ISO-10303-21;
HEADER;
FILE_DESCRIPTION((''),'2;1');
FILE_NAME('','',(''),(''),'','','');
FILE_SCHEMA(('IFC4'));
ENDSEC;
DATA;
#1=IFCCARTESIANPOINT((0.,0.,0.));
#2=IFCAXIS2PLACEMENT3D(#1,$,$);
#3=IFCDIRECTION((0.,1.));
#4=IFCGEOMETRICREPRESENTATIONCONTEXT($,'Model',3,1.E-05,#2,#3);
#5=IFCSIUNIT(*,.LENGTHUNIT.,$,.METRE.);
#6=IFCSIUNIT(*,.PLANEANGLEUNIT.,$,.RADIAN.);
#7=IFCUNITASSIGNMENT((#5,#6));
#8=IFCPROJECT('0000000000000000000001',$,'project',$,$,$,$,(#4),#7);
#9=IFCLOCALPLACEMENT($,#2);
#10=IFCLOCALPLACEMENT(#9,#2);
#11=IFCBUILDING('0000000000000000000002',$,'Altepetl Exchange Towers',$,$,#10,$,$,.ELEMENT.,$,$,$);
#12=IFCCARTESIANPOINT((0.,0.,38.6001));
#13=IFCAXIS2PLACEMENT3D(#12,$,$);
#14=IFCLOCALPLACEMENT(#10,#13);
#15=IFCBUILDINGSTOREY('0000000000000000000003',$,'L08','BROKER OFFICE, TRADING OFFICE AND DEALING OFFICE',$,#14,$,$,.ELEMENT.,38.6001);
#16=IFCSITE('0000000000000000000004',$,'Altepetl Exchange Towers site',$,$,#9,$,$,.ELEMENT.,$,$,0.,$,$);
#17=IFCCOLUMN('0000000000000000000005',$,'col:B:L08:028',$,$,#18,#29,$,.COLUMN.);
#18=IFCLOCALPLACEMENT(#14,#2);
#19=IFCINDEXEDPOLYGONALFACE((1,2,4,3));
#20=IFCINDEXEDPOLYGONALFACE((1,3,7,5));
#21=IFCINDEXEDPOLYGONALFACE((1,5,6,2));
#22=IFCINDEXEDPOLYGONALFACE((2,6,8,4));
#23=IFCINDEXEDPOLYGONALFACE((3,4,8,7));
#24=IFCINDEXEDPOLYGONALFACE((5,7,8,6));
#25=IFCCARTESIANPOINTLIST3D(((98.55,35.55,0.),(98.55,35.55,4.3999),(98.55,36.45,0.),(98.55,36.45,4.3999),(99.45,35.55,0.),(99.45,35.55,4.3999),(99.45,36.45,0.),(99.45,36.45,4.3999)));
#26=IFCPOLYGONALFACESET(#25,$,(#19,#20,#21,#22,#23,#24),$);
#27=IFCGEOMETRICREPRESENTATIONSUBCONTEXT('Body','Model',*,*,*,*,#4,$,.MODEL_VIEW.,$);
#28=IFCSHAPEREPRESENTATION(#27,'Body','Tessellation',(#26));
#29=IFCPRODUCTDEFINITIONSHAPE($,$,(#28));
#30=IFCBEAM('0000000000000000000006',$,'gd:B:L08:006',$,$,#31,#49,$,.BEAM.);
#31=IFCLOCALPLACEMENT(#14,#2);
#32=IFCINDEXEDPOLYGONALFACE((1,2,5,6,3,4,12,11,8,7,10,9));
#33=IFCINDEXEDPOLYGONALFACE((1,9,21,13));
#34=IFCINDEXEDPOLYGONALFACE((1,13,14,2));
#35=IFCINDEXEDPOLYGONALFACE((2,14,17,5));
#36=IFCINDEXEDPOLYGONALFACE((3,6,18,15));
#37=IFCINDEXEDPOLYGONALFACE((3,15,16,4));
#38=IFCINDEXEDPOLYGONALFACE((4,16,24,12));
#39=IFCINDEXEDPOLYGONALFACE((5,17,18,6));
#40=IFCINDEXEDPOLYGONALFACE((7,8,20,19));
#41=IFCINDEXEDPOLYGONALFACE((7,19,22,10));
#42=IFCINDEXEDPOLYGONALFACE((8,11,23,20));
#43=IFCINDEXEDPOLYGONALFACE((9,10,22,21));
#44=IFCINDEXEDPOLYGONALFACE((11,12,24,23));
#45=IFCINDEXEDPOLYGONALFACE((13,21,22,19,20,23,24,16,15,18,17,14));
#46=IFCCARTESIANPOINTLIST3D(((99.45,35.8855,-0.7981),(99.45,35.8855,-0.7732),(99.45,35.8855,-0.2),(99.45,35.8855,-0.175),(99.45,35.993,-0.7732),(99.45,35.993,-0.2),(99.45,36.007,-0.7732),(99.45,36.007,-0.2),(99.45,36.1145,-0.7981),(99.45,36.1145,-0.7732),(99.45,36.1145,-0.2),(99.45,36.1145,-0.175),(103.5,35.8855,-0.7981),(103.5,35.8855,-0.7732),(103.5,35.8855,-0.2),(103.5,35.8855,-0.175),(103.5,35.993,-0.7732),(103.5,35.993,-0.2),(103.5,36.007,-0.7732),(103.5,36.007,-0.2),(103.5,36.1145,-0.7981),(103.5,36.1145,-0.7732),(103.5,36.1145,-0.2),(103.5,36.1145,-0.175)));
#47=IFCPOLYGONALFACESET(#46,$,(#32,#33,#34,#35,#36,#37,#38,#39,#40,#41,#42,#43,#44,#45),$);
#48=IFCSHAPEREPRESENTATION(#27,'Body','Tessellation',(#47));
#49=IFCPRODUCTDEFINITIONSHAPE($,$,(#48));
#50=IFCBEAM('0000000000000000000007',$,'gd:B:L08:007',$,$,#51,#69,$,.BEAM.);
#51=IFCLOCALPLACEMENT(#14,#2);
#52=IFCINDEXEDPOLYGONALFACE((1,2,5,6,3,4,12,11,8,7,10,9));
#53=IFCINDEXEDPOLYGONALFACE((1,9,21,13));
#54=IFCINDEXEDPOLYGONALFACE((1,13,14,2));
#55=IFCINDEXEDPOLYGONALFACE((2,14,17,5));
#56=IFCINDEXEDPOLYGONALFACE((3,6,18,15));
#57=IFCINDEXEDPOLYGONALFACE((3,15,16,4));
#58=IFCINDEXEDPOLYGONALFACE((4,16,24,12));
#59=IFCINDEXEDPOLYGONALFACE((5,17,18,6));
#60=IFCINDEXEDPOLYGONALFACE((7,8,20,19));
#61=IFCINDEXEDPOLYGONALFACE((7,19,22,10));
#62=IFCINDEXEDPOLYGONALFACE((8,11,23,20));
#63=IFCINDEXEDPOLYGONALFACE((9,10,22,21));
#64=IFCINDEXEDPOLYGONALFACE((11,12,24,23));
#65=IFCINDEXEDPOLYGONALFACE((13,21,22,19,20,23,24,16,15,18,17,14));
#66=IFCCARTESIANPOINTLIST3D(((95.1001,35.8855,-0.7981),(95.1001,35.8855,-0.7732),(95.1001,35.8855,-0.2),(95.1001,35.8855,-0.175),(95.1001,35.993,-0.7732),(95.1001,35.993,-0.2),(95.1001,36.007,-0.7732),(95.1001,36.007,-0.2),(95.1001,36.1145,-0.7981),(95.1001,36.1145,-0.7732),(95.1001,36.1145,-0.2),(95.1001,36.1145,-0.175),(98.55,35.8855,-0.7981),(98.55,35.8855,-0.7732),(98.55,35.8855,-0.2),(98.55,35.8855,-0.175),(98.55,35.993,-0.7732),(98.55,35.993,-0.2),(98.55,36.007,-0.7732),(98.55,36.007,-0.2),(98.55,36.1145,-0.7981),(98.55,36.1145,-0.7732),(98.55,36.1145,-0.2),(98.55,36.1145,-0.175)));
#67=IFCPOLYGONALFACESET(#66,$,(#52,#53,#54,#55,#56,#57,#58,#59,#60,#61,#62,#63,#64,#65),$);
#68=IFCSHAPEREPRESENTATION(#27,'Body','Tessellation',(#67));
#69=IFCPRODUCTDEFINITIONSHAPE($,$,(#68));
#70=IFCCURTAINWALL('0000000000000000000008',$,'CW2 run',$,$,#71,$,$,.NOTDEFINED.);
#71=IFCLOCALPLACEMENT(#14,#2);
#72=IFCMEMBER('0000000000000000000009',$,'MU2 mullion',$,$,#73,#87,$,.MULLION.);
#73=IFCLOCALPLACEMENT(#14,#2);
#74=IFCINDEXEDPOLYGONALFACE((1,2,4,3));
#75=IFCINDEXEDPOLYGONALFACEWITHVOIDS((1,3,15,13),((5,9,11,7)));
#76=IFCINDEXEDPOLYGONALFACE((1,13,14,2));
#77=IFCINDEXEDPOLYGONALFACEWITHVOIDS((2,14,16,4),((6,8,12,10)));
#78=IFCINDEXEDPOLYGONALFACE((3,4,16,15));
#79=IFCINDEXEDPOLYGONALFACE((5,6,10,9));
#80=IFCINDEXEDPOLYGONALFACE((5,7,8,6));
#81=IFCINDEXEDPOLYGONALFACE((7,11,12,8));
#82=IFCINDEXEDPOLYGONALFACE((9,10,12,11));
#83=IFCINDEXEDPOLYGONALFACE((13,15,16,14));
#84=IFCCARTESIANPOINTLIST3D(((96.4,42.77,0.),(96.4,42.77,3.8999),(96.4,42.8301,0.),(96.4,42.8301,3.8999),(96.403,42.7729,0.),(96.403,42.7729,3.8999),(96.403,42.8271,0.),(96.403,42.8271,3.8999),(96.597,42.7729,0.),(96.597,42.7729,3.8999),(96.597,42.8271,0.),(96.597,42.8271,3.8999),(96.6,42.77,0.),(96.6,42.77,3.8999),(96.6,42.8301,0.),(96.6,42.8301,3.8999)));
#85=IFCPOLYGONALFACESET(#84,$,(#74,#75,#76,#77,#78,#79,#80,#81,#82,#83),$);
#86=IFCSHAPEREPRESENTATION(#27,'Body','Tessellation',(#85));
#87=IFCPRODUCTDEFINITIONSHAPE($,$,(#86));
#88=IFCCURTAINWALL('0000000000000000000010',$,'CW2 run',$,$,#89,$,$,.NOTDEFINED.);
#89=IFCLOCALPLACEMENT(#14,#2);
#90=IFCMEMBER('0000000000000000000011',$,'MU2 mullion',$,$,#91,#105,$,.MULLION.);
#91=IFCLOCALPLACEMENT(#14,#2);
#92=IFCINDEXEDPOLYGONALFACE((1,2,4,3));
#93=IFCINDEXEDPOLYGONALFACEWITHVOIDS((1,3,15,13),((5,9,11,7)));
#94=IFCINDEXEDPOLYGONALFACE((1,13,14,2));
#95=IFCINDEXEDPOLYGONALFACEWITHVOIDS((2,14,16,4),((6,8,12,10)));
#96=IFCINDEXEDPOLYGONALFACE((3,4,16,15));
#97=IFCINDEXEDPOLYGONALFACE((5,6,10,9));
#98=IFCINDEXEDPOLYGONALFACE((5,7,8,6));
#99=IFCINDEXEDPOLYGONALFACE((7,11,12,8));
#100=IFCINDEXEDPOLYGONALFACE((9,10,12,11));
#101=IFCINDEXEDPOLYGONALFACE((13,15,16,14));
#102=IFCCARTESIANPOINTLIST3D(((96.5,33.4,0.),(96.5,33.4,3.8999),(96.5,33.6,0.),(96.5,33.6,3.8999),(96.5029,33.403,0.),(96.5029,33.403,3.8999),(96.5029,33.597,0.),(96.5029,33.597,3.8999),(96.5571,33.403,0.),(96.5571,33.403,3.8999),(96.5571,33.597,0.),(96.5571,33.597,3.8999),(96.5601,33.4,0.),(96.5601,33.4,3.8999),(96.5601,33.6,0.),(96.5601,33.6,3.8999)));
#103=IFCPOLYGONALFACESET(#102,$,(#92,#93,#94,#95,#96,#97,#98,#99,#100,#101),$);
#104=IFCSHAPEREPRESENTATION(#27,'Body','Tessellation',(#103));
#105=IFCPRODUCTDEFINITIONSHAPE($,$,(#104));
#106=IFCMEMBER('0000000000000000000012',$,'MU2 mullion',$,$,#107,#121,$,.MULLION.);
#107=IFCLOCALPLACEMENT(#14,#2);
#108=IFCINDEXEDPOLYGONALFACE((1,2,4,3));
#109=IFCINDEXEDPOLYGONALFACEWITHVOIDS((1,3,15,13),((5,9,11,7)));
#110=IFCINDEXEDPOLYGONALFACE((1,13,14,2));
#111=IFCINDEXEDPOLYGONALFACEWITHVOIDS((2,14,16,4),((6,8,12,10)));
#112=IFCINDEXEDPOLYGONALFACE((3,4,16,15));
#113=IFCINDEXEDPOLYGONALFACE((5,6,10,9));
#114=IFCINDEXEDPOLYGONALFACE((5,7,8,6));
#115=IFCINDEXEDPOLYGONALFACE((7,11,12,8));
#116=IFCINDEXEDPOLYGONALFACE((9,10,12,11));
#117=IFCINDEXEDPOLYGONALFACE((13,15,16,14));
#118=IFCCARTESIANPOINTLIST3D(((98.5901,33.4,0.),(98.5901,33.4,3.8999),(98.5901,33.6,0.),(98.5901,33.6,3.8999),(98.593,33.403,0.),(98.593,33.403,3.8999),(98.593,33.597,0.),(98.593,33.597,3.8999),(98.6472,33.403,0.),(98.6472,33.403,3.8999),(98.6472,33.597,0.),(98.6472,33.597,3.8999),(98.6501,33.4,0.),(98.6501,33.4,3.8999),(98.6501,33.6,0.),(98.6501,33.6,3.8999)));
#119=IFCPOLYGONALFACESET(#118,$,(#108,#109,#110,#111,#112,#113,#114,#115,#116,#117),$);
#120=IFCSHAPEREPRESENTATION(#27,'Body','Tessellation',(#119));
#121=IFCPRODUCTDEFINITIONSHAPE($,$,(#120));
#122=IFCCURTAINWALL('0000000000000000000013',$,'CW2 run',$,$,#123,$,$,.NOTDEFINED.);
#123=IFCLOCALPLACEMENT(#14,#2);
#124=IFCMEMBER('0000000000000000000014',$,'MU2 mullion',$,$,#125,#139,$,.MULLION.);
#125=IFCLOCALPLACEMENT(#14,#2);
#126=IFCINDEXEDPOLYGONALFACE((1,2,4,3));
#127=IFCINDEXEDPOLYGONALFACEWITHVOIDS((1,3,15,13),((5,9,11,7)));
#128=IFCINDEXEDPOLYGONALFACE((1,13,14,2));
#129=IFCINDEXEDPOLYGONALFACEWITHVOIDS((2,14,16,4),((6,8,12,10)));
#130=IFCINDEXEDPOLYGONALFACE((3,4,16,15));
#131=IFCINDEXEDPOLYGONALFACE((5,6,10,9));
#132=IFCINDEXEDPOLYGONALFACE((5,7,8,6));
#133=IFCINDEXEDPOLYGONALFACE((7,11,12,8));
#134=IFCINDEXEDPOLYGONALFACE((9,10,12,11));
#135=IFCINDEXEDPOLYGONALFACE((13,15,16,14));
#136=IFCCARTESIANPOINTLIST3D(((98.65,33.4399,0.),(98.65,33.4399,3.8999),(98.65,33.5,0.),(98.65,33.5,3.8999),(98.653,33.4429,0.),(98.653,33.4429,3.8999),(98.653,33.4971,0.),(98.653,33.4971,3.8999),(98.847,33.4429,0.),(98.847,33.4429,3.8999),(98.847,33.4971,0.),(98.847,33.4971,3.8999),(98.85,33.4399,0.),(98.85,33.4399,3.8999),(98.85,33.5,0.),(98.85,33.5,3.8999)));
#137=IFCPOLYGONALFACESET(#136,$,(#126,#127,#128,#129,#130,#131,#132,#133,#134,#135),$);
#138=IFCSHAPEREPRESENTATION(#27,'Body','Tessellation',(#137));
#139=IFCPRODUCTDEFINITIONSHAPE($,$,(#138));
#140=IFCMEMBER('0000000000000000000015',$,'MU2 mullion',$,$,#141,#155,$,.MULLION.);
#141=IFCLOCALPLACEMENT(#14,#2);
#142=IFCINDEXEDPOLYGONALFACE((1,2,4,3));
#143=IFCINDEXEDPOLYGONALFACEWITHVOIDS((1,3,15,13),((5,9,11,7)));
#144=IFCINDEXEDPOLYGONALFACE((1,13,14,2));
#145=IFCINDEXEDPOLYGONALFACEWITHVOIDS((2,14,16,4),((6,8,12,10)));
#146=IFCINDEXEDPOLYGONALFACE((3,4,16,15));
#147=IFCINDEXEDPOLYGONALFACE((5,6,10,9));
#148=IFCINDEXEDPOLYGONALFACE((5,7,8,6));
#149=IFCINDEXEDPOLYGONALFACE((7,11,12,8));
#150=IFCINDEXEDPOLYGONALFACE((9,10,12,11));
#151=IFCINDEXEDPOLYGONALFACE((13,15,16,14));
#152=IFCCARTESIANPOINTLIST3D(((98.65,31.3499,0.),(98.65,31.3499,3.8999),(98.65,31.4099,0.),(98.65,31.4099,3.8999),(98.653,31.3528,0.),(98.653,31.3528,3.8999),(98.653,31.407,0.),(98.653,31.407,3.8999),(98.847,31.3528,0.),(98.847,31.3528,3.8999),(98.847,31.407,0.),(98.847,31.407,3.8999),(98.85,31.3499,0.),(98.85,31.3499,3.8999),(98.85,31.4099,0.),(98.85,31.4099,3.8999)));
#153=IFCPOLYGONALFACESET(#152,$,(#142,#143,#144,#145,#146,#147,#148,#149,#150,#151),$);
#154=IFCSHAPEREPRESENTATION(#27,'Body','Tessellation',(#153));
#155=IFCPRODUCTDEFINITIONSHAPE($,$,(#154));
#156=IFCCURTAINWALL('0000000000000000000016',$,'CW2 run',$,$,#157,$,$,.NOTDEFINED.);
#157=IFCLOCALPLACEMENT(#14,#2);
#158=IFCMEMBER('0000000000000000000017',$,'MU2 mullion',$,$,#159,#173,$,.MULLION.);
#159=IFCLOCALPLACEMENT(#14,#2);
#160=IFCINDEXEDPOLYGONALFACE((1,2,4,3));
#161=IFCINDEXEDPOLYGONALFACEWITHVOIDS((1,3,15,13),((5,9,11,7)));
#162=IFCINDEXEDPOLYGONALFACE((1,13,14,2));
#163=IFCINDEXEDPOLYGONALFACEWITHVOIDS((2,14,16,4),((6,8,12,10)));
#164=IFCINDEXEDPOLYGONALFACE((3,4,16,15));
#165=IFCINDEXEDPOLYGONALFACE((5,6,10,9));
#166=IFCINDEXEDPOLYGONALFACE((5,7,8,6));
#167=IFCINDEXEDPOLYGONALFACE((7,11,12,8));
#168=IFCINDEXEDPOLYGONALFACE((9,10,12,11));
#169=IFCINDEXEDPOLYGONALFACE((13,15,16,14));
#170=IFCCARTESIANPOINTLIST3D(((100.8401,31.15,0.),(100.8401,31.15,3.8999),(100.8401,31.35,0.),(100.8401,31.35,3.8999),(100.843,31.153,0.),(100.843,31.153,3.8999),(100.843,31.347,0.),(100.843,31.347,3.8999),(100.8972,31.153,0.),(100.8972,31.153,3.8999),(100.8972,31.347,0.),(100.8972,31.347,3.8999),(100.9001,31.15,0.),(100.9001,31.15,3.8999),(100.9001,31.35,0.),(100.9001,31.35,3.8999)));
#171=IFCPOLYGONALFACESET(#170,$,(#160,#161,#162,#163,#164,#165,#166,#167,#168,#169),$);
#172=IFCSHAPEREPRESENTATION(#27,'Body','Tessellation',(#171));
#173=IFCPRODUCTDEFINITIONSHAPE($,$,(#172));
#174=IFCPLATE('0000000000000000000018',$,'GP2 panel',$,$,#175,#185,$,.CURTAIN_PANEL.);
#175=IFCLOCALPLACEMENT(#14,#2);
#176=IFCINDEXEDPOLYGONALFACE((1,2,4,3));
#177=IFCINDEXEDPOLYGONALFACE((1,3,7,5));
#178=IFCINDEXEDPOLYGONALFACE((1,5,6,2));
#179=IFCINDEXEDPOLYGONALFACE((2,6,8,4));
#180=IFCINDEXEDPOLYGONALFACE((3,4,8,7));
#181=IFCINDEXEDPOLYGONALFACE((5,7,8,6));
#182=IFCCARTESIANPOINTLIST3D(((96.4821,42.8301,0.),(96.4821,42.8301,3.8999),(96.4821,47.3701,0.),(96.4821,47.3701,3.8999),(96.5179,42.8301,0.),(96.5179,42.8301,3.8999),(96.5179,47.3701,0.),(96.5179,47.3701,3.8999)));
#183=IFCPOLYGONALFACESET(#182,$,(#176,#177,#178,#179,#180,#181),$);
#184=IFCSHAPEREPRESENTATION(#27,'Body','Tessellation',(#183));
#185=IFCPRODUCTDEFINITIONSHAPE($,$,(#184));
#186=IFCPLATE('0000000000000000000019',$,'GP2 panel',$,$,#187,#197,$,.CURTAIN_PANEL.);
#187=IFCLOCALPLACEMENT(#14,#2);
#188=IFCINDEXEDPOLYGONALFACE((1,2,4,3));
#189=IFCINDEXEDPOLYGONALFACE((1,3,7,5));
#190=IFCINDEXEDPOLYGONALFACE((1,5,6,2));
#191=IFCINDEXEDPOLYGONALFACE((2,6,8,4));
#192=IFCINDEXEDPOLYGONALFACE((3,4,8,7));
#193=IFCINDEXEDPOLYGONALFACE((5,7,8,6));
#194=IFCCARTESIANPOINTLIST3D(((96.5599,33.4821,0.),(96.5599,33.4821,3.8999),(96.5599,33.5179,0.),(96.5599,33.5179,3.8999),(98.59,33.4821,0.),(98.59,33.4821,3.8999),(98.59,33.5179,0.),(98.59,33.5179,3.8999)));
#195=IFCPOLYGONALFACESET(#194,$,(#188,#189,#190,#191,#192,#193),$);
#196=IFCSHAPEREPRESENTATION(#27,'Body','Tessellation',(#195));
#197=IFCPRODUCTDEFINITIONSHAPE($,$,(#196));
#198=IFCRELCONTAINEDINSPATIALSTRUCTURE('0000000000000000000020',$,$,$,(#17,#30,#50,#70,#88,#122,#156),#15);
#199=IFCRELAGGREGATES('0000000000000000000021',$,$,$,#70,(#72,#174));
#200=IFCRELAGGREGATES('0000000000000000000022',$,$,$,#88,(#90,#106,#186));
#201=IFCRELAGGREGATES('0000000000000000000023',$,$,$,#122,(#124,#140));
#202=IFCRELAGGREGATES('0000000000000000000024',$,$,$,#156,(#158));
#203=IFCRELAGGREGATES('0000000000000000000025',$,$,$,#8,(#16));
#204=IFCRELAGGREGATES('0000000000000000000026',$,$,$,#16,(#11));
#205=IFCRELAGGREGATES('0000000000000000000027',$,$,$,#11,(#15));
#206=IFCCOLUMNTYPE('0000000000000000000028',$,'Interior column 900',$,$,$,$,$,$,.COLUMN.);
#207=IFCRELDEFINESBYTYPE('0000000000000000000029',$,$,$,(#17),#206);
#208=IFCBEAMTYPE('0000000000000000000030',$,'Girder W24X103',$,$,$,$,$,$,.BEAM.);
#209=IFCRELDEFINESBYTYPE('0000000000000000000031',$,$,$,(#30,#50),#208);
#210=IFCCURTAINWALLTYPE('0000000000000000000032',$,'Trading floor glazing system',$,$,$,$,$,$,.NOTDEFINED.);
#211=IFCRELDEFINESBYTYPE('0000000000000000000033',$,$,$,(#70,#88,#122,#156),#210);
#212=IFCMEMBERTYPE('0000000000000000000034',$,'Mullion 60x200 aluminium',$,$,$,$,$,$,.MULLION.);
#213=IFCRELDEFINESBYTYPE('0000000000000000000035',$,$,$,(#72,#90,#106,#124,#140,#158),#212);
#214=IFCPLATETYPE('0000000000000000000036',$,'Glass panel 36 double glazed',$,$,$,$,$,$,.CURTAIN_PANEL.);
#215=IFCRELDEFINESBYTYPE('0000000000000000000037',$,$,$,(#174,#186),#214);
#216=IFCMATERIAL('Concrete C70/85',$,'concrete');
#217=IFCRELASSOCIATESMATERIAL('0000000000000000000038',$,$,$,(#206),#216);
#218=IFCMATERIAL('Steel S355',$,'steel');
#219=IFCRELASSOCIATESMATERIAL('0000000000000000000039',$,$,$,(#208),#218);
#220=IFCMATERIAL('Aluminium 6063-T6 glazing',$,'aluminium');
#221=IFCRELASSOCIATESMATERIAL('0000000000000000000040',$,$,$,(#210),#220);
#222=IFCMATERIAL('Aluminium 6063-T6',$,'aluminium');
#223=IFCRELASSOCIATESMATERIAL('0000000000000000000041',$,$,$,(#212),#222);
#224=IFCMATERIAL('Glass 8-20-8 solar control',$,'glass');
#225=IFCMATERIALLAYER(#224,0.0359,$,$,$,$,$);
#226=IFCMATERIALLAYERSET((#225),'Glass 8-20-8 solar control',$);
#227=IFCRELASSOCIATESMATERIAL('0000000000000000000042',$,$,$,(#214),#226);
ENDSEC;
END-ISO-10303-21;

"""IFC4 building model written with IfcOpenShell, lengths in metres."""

from ifc_helpers import new_model, si_unit, direction, frame, origin, origin_2d, place, context, subcontext, project, spatial, rectangle, hollow_rectangle, i_section, extrude, material, layer, layer_set, material_profile, profile_set, type_object, element, aggregate, save


model = new_model("IFC4")

# Units and contexts
model_context = context("Model", 3, precision=1e-05, world=origin(), true_north=direction((0.0, 1.0)))
body_context = subcontext(model_context, "Body", "Model", "MODEL_VIEW")
ifc_project = project(units=[si_unit("LENGTHUNIT", "METRE"), si_unit("PLANEANGLEUNIT", "RADIAN")], contexts=[model_context])

# Site, building, storey
site_placement = place(None, origin())
site = spatial("IfcSite", under=ifc_project, at=site_placement, Name="Altepetl Exchange Towers site", CompositionType="ELEMENT", RefElevation=0.0)
building_placement = place(site_placement, origin())
building = spatial("IfcBuilding", under=site, at=building_placement, Name="Altepetl Exchange Towers", CompositionType="ELEMENT")
storey_placement = place(building_placement, frame((0.0, 0.0, 38.6001)))
storey = spatial("IfcBuildingStorey", under=building, at=storey_placement, Name="L08", Description="BROKER OFFICE, TRADING OFFICE AND DEALING OFFICE", CompositionType="ELEMENT", Elevation=38.6001)

# Column
ifc_material_1 = material(Name="Concrete C70/85", Category="concrete")
ifc_material_profile_1 = material_profile(ifc_material_1, rectangle(XDim=0.8999, YDim=0.8999, at=origin_2d()), Name="900 x 900")
ifc_profile_set_1 = profile_set([ifc_material_profile_1], Name="Concrete C70/85")
column_type = type_object("IfcColumnType", Name="Interior column 900", PredefinedType="COLUMN", material=ifc_profile_set_1)
column_placement = place(storey_placement, frame((99.0, 36.0, 0.0)))
element("IfcColumn", 1, at=column_placement, inside=storey, type_object=column_type, Name="col:B:L08:028", PredefinedType="COLUMN", context=body_context, shape_type="SweptSolid", body=[
    extrude(rectangle(XDim=0.8999, YDim=0.8999, at=origin_2d()), origin(), (0.0, 0.0, 1.0), 4.3999),
])

# Beams
ifc_material_2 = material(Name="Steel S355", Category="steel")
ifc_material_profile_2 = material_profile(ifc_material_2, i_section(OverallWidth=0.229, OverallDepth=0.623, WebThickness=0.0139, FlangeThickness=0.0249, at=origin_2d()), Name="W24X103")
ifc_profile_set_2 = profile_set([ifc_material_profile_2], Name="Steel S355")
beam_type = type_object("IfcBeamType", Name="Girder W24X103", PredefinedType="BEAM", material=ifc_profile_set_2)
beam_1_placement = place(storey_placement, frame((103.5, 36.0, -0.4866), z_axis=(-1.0, 0.0, 0.0), x_axis=(0.0, -1.0, 0.0)))
element("IfcBeam", 2, at=beam_1_placement, inside=storey, type_object=beam_type, Name="gd:B:L08:006", PredefinedType="BEAM", context=body_context, shape_type="SweptSolid", body=[
    extrude(i_section(OverallWidth=0.229, OverallDepth=0.623, WebThickness=0.0139, FlangeThickness=0.0249, at=origin_2d()), origin(), (0.0, 0.0, 1.0), 4.05),
])
beam_2_placement = place(storey_placement, frame((98.55, 36.0, -0.4866), z_axis=(-1.0, 0.0, 0.0), x_axis=(0.0, -1.0, 0.0)))
element("IfcBeam", 3, at=beam_2_placement, inside=storey, type_object=beam_type, Name="gd:B:L08:007", PredefinedType="BEAM", context=body_context, shape_type="SweptSolid", body=[
    extrude(i_section(OverallWidth=0.229, OverallDepth=0.623, WebThickness=0.0139, FlangeThickness=0.0249, at=origin_2d()), origin(), (0.0, 0.0, 1.0), 3.45),
])

# Curtain wall, member
ifc_material_3 = material(Name="Aluminium 6063-T6 glazing", Category="aluminium")
curtain_wall_type = type_object("IfcCurtainWallType", Name="Trading floor glazing system", PredefinedType="NOTDEFINED", material=ifc_material_3)
curtain_wall_1_placement = place(storey_placement, origin())
curtain_wall_1 = element("IfcCurtainWall", 4, at=curtain_wall_1_placement, inside=storey, type_object=curtain_wall_type, Name="CW2 run", PredefinedType="NOTDEFINED")
ifc_material_4 = material(Name="Aluminium 6063-T6", Category="aluminium")
ifc_material_profile_3 = material_profile(ifc_material_4, hollow_rectangle(XDim=0.0601, YDim=0.2, WallThickness=0.0029, at=origin_2d()), Name="Mullion 60x200 aluminium")
ifc_profile_set_3 = profile_set([ifc_material_profile_3], Name="Aluminium 6063-T6")
member_type = type_object("IfcMemberType", Name="Mullion 60x200 aluminium", PredefinedType="MULLION", material=ifc_profile_set_3)
member_1_placement = place(storey_placement, frame((96.5, 42.8, 0.0), z_axis=(0.0, 0.0, 1.0), x_axis=(0.0, -1.0, 0.0)))
member_1 = element("IfcMember", 5, at=member_1_placement, type_object=member_type, Name="MU2 mullion", PredefinedType="MULLION", context=body_context, shape_type="SweptSolid", body=[
    extrude(hollow_rectangle(XDim=0.0601, YDim=0.2, WallThickness=0.0029, at=origin_2d()), origin(), (0.0, 0.0, 1.0), 3.8999),
])

# Curtain walls, members
curtain_wall_2_placement = place(storey_placement, origin())
curtain_wall_2 = element("IfcCurtainWall", 6, at=curtain_wall_2_placement, inside=storey, type_object=curtain_wall_type, Name="CW2 run", PredefinedType="NOTDEFINED")
member_2_placement = place(storey_placement, frame((96.53, 33.5, 0.0)))
member_2 = element("IfcMember", 7, at=member_2_placement, type_object=member_type, Name="MU2 mullion", PredefinedType="MULLION", context=body_context, shape_type="SweptSolid", body=[
    extrude(hollow_rectangle(XDim=0.0601, YDim=0.2, WallThickness=0.0029, at=origin_2d()), origin(), (0.0, 0.0, 1.0), 3.8999),
])
member_3_placement = place(storey_placement, frame((98.6201, 33.5, 0.0)))
member_3 = element("IfcMember", 8, at=member_3_placement, type_object=member_type, Name="MU2 mullion", PredefinedType="MULLION", context=body_context, shape_type="SweptSolid", body=[
    extrude(hollow_rectangle(XDim=0.0601, YDim=0.2, WallThickness=0.0029, at=origin_2d()), origin(), (0.0, 0.0, 1.0), 3.8999),
])
curtain_wall_3_placement = place(storey_placement, origin())
curtain_wall_3 = element("IfcCurtainWall", 9, at=curtain_wall_3_placement, inside=storey, type_object=curtain_wall_type, Name="CW2 run", PredefinedType="NOTDEFINED")
member_4_placement = place(storey_placement, frame((98.75, 33.47, 0.0), z_axis=(0.0, 0.0, 1.0), x_axis=(0.0, -1.0, 0.0)))
member_4 = element("IfcMember", 10, at=member_4_placement, type_object=member_type, Name="MU2 mullion", PredefinedType="MULLION", context=body_context, shape_type="SweptSolid", body=[
    extrude(hollow_rectangle(XDim=0.0601, YDim=0.2, WallThickness=0.0029, at=origin_2d()), origin(), (0.0, 0.0, 1.0), 3.8999),
])
member_5_placement = place(storey_placement, frame((98.75, 31.3799, 0.0), z_axis=(0.0, 0.0, 1.0), x_axis=(0.0, -1.0, 0.0)))
member_5 = element("IfcMember", 11, at=member_5_placement, type_object=member_type, Name="MU2 mullion", PredefinedType="MULLION", context=body_context, shape_type="SweptSolid", body=[
    extrude(hollow_rectangle(XDim=0.0601, YDim=0.2, WallThickness=0.0029, at=origin_2d()), origin(), (0.0, 0.0, 1.0), 3.8999),
])

# Curtain wall, member
curtain_wall_4_placement = place(storey_placement, origin())
curtain_wall_4 = element("IfcCurtainWall", 12, at=curtain_wall_4_placement, inside=storey, type_object=curtain_wall_type, Name="CW2 run", PredefinedType="NOTDEFINED")
member_6_placement = place(storey_placement, frame((100.8701, 31.25, 0.0)))
member_6 = element("IfcMember", 13, at=member_6_placement, type_object=member_type, Name="MU2 mullion", PredefinedType="MULLION", context=body_context, shape_type="SweptSolid", body=[
    extrude(hollow_rectangle(XDim=0.0601, YDim=0.2, WallThickness=0.0029, at=origin_2d()), origin(), (0.0, 0.0, 1.0), 3.8999),
])

# Plates
ifc_material_5 = material(Name="Glass 8-20-8 solar control", Category="glass")
ifc_layer_1 = layer(ifc_material_5, 0.0359)
ifc_layer_set_1 = layer_set([ifc_layer_1], Name="Glass 8-20-8 solar control")
plate_type = type_object("IfcPlateType", Name="Glass panel 36 double glazed", PredefinedType="CURTAIN_PANEL", material=ifc_layer_set_1)
plate_1_placement = place(storey_placement, frame((96.5, 45.1001, 0.0), z_axis=(0.0, 0.0, 1.0), x_axis=(0.0, -1.0, 0.0)))
plate_1 = element("IfcPlate", 14, at=plate_1_placement, type_object=plate_type, Name="GP2 panel", PredefinedType="CURTAIN_PANEL", context=body_context, shape_type="SweptSolid", body=[
    extrude(rectangle(XDim=4.54, YDim=0.0359, at=origin_2d()), origin(), (0.0, 0.0, 1.0), 3.8999),
])
aggregate(curtain_wall_1, [member_1, plate_1])
plate_2_placement = place(storey_placement, frame((97.575, 33.5, 0.0)))
plate_2 = element("IfcPlate", 15, at=plate_2_placement, type_object=plate_type, Name="GP2 panel", PredefinedType="CURTAIN_PANEL", context=body_context, shape_type="SweptSolid", body=[
    extrude(rectangle(XDim=2.03, YDim=0.0359, at=origin_2d()), origin(), (0.0, 0.0, 1.0), 3.8999),
])
aggregate(curtain_wall_2, [member_2, member_3, plate_2])
aggregate(curtain_wall_3, [member_4, member_5])
aggregate(curtain_wall_4, [member_6])

save(model, "model.ifc")
